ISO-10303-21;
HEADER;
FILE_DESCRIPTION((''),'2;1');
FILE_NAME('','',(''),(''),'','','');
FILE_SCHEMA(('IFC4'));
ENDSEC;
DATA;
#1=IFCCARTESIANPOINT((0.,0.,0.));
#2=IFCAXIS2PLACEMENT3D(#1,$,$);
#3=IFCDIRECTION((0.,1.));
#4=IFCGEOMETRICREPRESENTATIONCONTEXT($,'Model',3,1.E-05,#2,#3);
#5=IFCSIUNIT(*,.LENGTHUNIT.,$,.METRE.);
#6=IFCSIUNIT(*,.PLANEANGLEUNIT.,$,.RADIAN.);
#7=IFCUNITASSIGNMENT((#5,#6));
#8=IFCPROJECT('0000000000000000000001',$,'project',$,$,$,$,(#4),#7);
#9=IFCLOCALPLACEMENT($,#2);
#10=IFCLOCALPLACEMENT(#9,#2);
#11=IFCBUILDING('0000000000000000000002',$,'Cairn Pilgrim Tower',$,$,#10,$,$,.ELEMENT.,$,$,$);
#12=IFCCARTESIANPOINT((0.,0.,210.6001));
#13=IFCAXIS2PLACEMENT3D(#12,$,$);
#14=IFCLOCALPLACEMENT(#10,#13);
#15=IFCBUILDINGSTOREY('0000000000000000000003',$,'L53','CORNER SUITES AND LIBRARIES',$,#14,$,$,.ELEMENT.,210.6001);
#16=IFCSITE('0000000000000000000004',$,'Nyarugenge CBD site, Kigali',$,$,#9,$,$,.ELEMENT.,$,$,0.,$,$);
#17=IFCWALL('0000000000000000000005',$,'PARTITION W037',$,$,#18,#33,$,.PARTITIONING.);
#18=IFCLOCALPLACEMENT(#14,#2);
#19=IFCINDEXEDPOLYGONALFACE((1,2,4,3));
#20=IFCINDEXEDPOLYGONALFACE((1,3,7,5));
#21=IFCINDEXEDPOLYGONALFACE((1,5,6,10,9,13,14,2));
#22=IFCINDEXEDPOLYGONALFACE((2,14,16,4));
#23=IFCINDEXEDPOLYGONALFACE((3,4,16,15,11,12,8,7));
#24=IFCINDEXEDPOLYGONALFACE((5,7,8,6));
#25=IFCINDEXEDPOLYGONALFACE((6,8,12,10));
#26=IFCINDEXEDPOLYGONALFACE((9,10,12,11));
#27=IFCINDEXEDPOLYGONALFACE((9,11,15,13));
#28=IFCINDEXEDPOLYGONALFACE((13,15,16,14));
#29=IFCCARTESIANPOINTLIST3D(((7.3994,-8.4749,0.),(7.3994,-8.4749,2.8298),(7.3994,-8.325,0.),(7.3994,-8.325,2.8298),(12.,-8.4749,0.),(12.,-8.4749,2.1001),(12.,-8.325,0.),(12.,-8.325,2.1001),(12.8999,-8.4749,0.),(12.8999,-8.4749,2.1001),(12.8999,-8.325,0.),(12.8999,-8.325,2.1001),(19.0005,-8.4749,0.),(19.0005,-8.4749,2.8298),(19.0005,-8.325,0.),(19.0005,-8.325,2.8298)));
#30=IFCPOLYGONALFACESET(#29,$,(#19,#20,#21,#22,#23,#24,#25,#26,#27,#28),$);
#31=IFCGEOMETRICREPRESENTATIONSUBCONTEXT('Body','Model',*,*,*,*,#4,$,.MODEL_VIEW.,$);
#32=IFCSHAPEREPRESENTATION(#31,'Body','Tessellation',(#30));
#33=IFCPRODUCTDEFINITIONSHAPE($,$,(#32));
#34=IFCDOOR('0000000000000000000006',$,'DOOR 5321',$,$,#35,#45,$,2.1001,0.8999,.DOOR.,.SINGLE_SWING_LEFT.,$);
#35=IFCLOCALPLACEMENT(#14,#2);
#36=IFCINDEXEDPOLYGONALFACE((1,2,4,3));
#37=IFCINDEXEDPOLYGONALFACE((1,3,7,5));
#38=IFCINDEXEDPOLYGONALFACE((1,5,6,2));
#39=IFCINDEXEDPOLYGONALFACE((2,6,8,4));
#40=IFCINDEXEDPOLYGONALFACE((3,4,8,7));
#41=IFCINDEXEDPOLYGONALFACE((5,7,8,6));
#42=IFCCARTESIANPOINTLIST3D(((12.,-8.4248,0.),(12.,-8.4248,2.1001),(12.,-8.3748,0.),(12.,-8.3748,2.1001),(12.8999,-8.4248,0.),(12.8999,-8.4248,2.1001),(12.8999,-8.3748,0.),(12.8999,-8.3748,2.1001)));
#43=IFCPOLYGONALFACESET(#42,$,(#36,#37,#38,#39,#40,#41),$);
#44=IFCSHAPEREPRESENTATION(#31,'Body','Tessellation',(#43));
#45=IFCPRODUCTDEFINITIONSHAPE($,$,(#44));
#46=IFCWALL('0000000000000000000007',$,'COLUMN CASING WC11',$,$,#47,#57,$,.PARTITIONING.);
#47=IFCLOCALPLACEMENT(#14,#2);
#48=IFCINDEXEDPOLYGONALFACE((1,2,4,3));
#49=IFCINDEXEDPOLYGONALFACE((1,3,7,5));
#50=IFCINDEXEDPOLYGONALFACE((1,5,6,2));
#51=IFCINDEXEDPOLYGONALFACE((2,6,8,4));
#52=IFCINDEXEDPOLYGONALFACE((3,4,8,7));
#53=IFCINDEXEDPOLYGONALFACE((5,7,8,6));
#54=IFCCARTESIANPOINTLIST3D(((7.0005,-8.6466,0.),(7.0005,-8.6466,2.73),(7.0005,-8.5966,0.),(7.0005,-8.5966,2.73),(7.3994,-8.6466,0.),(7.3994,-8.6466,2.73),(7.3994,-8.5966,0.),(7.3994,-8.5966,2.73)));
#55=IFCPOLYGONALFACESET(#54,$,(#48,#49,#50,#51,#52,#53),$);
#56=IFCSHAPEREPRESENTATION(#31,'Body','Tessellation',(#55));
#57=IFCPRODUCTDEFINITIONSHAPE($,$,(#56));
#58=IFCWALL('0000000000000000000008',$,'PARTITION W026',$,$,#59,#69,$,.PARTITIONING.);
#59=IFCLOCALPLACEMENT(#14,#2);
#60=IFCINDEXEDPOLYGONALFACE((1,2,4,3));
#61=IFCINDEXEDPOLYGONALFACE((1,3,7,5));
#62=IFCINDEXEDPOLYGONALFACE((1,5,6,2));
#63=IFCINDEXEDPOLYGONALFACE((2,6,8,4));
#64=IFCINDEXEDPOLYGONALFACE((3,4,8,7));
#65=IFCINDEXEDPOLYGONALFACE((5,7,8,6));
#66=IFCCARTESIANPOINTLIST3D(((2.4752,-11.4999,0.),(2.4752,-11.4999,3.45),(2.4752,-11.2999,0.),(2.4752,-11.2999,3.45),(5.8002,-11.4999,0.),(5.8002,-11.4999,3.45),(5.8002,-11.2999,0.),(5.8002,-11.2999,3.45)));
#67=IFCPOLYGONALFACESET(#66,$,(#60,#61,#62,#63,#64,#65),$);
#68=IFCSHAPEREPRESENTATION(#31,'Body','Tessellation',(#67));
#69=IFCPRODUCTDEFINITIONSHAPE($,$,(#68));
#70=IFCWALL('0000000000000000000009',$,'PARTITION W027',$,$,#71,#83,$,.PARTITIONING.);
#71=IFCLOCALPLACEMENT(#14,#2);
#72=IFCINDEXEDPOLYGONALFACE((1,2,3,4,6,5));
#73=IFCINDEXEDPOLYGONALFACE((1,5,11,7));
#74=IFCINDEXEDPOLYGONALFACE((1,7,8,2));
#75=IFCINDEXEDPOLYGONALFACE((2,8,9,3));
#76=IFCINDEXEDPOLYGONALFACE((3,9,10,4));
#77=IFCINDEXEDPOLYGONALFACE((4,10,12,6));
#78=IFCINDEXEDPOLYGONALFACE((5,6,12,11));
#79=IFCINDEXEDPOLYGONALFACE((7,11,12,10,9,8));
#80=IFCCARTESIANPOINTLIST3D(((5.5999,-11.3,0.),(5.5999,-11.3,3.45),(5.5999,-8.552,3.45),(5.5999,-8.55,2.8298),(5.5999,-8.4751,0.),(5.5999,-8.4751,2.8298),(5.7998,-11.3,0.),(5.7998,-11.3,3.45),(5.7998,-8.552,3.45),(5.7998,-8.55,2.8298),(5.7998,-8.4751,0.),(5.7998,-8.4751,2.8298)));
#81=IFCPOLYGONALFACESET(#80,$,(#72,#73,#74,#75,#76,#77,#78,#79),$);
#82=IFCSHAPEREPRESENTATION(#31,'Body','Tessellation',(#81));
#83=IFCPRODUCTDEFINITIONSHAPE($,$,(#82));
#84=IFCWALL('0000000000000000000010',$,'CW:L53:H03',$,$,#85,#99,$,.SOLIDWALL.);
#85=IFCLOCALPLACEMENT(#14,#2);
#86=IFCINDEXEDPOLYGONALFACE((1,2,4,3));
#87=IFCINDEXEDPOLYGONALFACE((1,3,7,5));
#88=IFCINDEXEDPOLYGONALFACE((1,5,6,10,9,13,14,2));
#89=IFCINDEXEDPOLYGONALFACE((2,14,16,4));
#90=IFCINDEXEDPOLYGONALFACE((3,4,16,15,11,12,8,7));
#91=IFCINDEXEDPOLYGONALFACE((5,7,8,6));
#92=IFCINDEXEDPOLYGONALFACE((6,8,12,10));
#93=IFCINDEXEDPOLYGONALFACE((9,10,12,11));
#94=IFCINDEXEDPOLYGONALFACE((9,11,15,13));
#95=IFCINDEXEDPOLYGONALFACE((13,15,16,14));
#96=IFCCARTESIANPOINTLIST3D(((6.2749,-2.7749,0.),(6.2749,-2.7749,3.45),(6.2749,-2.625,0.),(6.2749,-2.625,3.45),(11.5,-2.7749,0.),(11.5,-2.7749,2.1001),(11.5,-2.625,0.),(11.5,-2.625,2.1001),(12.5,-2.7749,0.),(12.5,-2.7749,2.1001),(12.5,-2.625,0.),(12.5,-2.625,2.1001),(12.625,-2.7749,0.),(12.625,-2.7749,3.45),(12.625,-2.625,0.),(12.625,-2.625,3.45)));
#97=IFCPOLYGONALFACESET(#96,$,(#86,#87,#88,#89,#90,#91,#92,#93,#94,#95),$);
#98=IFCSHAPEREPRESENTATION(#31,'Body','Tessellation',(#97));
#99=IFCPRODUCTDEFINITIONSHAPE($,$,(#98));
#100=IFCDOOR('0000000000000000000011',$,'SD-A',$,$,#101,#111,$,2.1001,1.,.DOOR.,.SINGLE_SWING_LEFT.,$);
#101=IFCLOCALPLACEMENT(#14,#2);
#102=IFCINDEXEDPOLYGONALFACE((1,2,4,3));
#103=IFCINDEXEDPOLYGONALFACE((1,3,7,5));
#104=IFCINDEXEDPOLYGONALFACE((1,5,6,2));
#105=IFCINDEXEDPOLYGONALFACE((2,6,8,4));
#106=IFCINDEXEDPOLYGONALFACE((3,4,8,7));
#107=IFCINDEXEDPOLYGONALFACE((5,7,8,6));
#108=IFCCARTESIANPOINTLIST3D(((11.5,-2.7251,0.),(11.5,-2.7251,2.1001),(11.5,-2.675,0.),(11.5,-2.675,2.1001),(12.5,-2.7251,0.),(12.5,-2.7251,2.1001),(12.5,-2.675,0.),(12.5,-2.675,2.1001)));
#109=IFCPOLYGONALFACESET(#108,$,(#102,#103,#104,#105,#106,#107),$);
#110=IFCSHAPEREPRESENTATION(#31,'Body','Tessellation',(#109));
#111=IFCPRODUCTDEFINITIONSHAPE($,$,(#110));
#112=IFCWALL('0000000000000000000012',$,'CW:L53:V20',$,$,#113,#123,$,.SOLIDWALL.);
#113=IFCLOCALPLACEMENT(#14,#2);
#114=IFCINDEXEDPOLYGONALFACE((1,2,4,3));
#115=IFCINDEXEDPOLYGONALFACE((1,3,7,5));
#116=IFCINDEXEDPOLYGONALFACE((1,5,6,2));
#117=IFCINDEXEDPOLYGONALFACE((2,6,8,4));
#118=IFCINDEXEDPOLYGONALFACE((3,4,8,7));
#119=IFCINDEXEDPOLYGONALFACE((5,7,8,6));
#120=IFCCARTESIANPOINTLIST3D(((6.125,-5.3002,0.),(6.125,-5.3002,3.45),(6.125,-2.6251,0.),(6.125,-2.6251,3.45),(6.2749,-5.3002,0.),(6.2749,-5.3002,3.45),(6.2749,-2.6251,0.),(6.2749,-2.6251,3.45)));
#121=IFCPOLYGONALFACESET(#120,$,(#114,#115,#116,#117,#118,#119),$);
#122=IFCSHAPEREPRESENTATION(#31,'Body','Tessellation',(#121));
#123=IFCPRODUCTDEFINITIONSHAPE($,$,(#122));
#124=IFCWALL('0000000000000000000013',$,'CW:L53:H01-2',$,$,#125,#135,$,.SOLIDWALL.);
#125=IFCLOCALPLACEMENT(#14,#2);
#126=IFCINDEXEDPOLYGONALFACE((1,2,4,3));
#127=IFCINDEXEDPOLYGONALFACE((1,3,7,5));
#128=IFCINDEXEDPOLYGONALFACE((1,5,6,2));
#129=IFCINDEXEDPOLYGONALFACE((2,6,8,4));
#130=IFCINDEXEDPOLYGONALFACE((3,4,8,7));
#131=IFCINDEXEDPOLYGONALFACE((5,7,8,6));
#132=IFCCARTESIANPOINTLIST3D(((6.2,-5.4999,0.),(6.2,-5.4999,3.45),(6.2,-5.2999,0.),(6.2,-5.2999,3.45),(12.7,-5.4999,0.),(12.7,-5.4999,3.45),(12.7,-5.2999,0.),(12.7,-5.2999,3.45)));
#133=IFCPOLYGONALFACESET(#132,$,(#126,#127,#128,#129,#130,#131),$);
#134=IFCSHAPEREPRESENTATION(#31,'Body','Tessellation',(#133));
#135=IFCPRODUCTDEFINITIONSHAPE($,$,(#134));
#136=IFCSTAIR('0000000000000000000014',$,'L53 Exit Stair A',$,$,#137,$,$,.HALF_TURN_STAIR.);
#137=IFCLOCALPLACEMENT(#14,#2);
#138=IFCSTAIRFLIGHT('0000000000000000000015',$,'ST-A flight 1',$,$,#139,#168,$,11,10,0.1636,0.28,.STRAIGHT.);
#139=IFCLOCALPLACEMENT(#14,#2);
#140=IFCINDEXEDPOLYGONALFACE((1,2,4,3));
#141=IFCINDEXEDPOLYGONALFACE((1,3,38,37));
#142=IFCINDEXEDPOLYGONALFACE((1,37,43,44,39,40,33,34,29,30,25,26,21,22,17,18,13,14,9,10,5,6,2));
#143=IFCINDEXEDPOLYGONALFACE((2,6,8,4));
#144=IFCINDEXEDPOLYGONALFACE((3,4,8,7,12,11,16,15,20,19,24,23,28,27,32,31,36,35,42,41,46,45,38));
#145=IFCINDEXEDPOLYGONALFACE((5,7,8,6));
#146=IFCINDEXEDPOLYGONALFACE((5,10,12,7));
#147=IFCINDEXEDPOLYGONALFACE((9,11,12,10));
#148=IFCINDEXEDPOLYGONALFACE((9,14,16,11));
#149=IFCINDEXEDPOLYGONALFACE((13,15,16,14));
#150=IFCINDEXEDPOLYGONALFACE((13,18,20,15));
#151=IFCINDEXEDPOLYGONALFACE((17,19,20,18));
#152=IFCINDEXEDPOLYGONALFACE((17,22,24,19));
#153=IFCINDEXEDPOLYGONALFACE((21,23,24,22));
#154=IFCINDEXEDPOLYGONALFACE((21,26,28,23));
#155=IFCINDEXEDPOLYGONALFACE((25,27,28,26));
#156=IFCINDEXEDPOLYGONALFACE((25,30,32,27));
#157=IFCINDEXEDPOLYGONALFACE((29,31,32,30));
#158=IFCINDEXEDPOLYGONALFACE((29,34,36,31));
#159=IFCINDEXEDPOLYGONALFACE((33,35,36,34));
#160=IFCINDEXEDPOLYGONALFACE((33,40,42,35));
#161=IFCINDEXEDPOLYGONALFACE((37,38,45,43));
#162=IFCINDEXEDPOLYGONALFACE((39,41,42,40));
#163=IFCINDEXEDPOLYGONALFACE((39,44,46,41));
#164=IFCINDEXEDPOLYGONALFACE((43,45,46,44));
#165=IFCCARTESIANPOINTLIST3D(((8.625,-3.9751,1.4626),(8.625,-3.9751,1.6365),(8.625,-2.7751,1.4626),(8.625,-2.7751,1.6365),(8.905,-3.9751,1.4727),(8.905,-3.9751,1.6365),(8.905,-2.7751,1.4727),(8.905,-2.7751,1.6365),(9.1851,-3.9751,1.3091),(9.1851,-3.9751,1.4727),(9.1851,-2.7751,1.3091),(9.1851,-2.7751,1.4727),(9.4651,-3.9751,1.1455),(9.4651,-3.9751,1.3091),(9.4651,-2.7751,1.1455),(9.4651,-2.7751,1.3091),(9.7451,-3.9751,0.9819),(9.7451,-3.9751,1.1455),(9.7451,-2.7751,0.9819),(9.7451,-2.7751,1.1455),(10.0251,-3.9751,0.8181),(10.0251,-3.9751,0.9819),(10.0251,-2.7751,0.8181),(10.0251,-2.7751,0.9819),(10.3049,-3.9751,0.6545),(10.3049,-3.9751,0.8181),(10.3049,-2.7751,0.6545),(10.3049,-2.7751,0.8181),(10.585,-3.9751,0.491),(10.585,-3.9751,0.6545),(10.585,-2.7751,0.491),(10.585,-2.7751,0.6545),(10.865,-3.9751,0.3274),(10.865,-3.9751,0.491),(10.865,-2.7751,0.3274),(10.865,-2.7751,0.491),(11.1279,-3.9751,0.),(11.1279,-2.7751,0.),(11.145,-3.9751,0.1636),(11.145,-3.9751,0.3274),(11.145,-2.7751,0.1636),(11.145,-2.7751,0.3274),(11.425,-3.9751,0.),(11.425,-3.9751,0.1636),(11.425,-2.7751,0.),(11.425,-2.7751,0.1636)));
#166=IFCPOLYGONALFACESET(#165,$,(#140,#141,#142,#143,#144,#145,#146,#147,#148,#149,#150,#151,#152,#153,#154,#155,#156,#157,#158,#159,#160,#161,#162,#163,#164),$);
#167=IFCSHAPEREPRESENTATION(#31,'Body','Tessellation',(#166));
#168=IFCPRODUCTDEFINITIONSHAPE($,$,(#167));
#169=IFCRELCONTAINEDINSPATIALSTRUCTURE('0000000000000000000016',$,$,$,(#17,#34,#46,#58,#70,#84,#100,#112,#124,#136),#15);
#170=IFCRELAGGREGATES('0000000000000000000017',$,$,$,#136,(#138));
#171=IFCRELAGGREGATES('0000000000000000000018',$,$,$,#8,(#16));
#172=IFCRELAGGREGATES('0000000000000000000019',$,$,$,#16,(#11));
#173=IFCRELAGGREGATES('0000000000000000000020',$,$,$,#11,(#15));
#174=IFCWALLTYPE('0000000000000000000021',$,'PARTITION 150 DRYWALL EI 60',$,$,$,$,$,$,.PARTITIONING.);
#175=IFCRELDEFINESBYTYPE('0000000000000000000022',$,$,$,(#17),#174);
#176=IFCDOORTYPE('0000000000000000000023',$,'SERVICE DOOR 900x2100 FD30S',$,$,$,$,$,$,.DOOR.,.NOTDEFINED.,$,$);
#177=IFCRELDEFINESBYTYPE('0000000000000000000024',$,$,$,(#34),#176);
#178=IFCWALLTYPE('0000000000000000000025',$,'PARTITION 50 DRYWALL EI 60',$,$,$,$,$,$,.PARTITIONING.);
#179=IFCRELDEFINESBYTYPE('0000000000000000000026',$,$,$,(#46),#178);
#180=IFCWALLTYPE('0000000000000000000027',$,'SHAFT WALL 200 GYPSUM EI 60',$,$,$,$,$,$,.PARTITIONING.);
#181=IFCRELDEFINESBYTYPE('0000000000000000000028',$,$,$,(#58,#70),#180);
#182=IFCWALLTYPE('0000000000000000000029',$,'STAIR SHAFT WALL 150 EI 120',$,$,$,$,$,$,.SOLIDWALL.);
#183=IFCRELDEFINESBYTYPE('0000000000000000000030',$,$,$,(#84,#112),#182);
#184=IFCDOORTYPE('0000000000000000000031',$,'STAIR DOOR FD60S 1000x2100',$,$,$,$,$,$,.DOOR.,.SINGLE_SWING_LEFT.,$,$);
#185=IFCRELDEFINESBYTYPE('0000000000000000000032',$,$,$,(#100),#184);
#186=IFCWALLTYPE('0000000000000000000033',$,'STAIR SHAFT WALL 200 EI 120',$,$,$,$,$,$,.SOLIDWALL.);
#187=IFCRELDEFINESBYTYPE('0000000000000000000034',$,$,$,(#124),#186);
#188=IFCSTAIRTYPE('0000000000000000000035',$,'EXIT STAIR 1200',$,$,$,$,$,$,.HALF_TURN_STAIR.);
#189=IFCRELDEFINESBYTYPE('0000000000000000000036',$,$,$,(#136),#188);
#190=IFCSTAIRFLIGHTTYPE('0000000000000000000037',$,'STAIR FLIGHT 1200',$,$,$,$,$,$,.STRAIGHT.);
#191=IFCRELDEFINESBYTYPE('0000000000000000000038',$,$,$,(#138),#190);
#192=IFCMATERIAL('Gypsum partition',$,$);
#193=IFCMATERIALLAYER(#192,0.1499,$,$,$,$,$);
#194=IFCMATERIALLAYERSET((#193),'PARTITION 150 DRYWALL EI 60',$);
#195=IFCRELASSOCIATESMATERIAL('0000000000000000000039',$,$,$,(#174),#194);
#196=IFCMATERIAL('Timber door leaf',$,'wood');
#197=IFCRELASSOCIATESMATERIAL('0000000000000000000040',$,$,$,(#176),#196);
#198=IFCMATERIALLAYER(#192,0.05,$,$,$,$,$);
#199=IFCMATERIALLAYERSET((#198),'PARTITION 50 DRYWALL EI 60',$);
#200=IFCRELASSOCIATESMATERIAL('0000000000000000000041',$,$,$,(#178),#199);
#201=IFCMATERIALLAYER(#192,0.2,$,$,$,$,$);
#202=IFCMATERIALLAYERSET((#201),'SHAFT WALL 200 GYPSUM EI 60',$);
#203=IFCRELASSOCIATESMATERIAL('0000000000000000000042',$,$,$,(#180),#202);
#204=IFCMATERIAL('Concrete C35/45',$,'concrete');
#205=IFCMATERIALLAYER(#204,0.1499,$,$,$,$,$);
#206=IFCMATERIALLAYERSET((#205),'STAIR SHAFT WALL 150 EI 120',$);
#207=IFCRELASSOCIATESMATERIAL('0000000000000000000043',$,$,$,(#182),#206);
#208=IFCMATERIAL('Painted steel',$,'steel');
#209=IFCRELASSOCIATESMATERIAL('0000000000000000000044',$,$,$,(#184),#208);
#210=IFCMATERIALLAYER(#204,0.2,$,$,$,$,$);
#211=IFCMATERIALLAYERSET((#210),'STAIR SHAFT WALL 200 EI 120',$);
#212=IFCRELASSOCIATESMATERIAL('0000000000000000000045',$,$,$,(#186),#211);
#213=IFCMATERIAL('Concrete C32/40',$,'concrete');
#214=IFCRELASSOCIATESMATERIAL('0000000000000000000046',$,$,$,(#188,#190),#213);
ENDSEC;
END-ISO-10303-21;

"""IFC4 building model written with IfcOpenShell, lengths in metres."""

from ifc_helpers import new_model, si_unit, direction, frame, frame_2d, origin, place, context, subcontext, project, spatial, polyline, rectangle, outline, extrude, material, layer, layer_set, type_object, element, fill, aggregate, save


model = new_model("IFC4")

# Units and contexts
model_context = context("Model", 3, precision=1e-05, world=origin(), true_north=direction((0.0, 1.0)))
body_context = subcontext(model_context, "Body", "Model", "MODEL_VIEW")
ifc_project = project(units=[si_unit("LENGTHUNIT", "METRE"), si_unit("PLANEANGLEUNIT", "RADIAN")], contexts=[model_context])

# Site, building, storey
site_placement = place(None, origin())
site = spatial("IfcSite", under=ifc_project, at=site_placement, Name="Nyarugenge CBD site, Kigali", CompositionType="ELEMENT", RefElevation=0.0)
building_placement = place(site_placement, origin())
building = spatial("IfcBuilding", under=site, at=building_placement, Name="Cairn Pilgrim Tower", CompositionType="ELEMENT")
storey_placement = place(building_placement, frame((0.0, 0.0, 210.6001)))
storey = spatial("IfcBuildingStorey", under=building, at=storey_placement, Name="L53", Description="CORNER SUITES AND LIBRARIES", CompositionType="ELEMENT", Elevation=210.6001)

# Shared definitions
ifc_material_1 = material(Name="Concrete C32/40", Category="concrete")

# Wall, opening, door
ifc_material_2 = material(Name="Gypsum partition")
ifc_layer_1 = layer(ifc_material_2, 0.1499)
ifc_layer_set_1 = layer_set([ifc_layer_1], Name="PARTITION 150 DRYWALL EI 60")
wall_type_1 = type_object("IfcWallType", Name="PARTITION 150 DRYWALL EI 60", PredefinedType="PARTITIONING", material=ifc_layer_set_1)
ifc_material_3 = material(Name="Timber door leaf", Category="wood")
wall_1_placement = place(storey_placement, frame((7.3994, -8.3999, 0.0), z_axis=(0.0, 0.0, 1.0), x_axis=(1.0, 0.0, 0.0)))
wall_1 = element("IfcWall", 1, at=wall_1_placement, inside=storey, type_object=wall_type_1, Name="PARTITION W037", PredefinedType="PARTITIONING", context=body_context, shape_type="SweptSolid", body=[
    extrude(rectangle(XDim=11.6011, YDim=0.1499, at=frame_2d((5.8005, 0.0))), origin(), (0.0, 0.0, 1.0), 2.8298),
])
opening_1_placement = place(wall_1_placement, frame((4.6006, 0.0, 0.0)))
opening_1 = element("IfcOpeningElement", 2, at=opening_1_placement, cuts=wall_1, PredefinedType="OPENING", context=body_context, shape_type="SweptSolid", body=[
    extrude(rectangle(XDim=0.8999, YDim=2.1001, at=frame_2d((0.45, 1.05))), frame((0.0, 0.085, 0.0), z_axis=(0.0, -1.0, 0.0), x_axis=(1.0, 0.0, 0.0)), (0.0, 0.0, 1.0), 0.1699),
])
door_type_1 = type_object("IfcDoorType", Name="SERVICE DOOR 900x2100 FD30S", OperationType="NOTDEFINED", PredefinedType="DOOR", material=ifc_material_3)
door_1_placement = place(opening_1_placement, frame((0.8999, 0.0, 0.0), z_axis=(0.0, 0.0, 1.0), x_axis=(-1.0, 0.0, 0.0)))
door_1 = element("IfcDoor", 3, at=door_1_placement, inside=storey, type_object=door_type_1, Name="DOOR 5321", OperationType="SINGLE_SWING_LEFT", OverallHeight=2.1001, OverallWidth=0.8999, PredefinedType="DOOR", context=body_context, shape_type="SweptSolid", body=[
    extrude(rectangle(XDim=0.8999, YDim=2.1001, at=frame_2d((0.45, 1.05))), frame((0.0, 0.0249, 0.0), z_axis=(0.0, -1.0, 0.0), x_axis=(1.0, 0.0, 0.0)), (0.0, 0.0, 1.0), 0.05),
])
fill(opening_1, door_1)

# Walls
ifc_layer_2 = layer(ifc_material_2, 0.05)
ifc_layer_set_2 = layer_set([ifc_layer_2], Name="PARTITION 50 DRYWALL EI 60")
wall_type_2 = type_object("IfcWallType", Name="PARTITION 50 DRYWALL EI 60", PredefinedType="PARTITIONING", material=ifc_layer_set_2)
wall_2_placement = place(storey_placement, frame((7.0005, -8.6216, 0.0), z_axis=(0.0, 0.0, 1.0), x_axis=(1.0, 0.0, 0.0)))
element("IfcWall", 4, at=wall_2_placement, inside=storey, type_object=wall_type_2, Name="COLUMN CASING WC11", PredefinedType="PARTITIONING", context=body_context, shape_type="SweptSolid", body=[
    extrude(rectangle(XDim=0.3989, YDim=0.05, at=frame_2d((0.1995, 0.0))), origin(), (0.0, 0.0, 1.0), 2.73),
])
ifc_layer_3 = layer(ifc_material_2, 0.2)
ifc_layer_set_3 = layer_set([ifc_layer_3], Name="SHAFT WALL 200 GYPSUM EI 60")
wall_type_3 = type_object("IfcWallType", Name="SHAFT WALL 200 GYPSUM EI 60", PredefinedType="PARTITIONING", material=ifc_layer_set_3)
wall_3_placement = place(storey_placement, frame((2.4751, -11.3999, 0.0), z_axis=(0.0, 0.0, 1.0), x_axis=(1.0, 0.0, 0.0)))
element("IfcWall", 5, at=wall_3_placement, inside=storey, type_object=wall_type_3, Name="PARTITION W026", PredefinedType="PARTITIONING", context=body_context, shape_type="SweptSolid", body=[
    extrude(rectangle(XDim=3.325, YDim=0.2, at=frame_2d((1.6626, 0.0))), origin(), (0.0, 0.0, 1.0), 3.45),
])
wall_4_placement = place(storey_placement, frame((5.7, -11.3, 0.0), z_axis=(0.0, 0.0, 1.0), x_axis=(0.0, 1.0, 0.0)))
element("IfcWall", 6, at=wall_4_placement, inside=storey, type_object=wall_type_3, Name="PARTITION W027", PredefinedType="PARTITIONING", context=body_context, shape_type="SweptSolid", body=[
    extrude(outline(polyline([(0.0, 0.0), (2.825, 0.0), (2.825, 2.8298), (2.75, 2.8298), (2.748, 3.45), (0.0, 3.45), (0.0, 0.0)])), frame((0.0, 0.1001, 0.0), z_axis=(0.0, -1.0, 0.0), x_axis=(1.0, 0.0, 0.0)), (0.0, 0.0, 1.0), 0.2),
])

# Wall, opening, door
ifc_material_4 = material(Name="Concrete C35/45", Category="concrete")
ifc_layer_4 = layer(ifc_material_4, 0.1499)
ifc_layer_set_4 = layer_set([ifc_layer_4], Name="STAIR SHAFT WALL 150 EI 120")
wall_type_4 = type_object("IfcWallType", Name="STAIR SHAFT WALL 150 EI 120", PredefinedType="SOLIDWALL", material=ifc_layer_set_4)
wall_5_placement = place(storey_placement, frame((6.2749, -2.7, 0.0), z_axis=(0.0, 0.0, 1.0), x_axis=(1.0, 0.0, 0.0)))
wall_5 = element("IfcWall", 7, at=wall_5_placement, inside=storey, type_object=wall_type_4, Name="CW:L53:H03", PredefinedType="SOLIDWALL", context=body_context, shape_type="SweptSolid", body=[
    extrude(rectangle(XDim=6.3501, YDim=0.1499, at=frame_2d((3.175, 0.0))), origin(), (0.0, 0.0, 1.0), 3.45),
])
opening_2_placement = place(wall_5_placement, frame((5.2251, 0.0, 0.0)))
opening_2 = element("IfcOpeningElement", 8, at=opening_2_placement, cuts=wall_5, PredefinedType="OPENING", context=body_context, shape_type="SweptSolid", body=[
    extrude(rectangle(XDim=1.0, YDim=2.1001, at=frame_2d((0.5, 1.05))), frame((0.0, 0.085, 0.0), z_axis=(0.0, -1.0, 0.0), x_axis=(1.0, 0.0, 0.0)), (0.0, 0.0, 1.0), 0.1699),
])
ifc_material_5 = material(Name="Painted steel", Category="steel")
door_type_2 = type_object("IfcDoorType", Name="STAIR DOOR FD60S 1000x2100", OperationType="SINGLE_SWING_LEFT", PredefinedType="DOOR", material=ifc_material_5)
door_2_placement = place(opening_2_placement, origin())
door_2 = element("IfcDoor", 9, at=door_2_placement, inside=storey, type_object=door_type_2, Name="SD-A", OperationType="SINGLE_SWING_LEFT", OverallHeight=2.1001, OverallWidth=1.0, PredefinedType="DOOR", context=body_context, shape_type="SweptSolid", body=[
    extrude(rectangle(XDim=1.0, YDim=2.1001, at=frame_2d((0.5, 1.05))), frame((0.0, 0.0249, 0.0), z_axis=(0.0, -1.0, 0.0), x_axis=(1.0, 0.0, 0.0)), (0.0, 0.0, 1.0), 0.05),
])
fill(opening_2, door_2)

# Walls
wall_6_placement = place(storey_placement, frame((6.2, -5.3, 0.0), z_axis=(0.0, 0.0, 1.0), x_axis=(0.0, 1.0, 0.0)))
element("IfcWall", 10, at=wall_6_placement, inside=storey, type_object=wall_type_4, Name="CW:L53:V20", PredefinedType="SOLIDWALL", context=body_context, shape_type="SweptSolid", body=[
    extrude(rectangle(XDim=2.675, YDim=0.1499, at=frame_2d((1.3374, 0.0))), origin(), (0.0, 0.0, 1.0), 3.45),
])
ifc_layer_5 = layer(ifc_material_4, 0.2)
ifc_layer_set_5 = layer_set([ifc_layer_5], Name="STAIR SHAFT WALL 200 EI 120")
wall_type_5 = type_object("IfcWallType", Name="STAIR SHAFT WALL 200 EI 120", PredefinedType="SOLIDWALL", material=ifc_layer_set_5)
wall_7_placement = place(storey_placement, frame((6.2, -5.3999, 0.0), z_axis=(0.0, 0.0, 1.0), x_axis=(1.0, 0.0, 0.0)))
element("IfcWall", 11, at=wall_7_placement, inside=storey, type_object=wall_type_5, Name="CW:L53:H01-2", PredefinedType="SOLIDWALL", context=body_context, shape_type="SweptSolid", body=[
    extrude(rectangle(XDim=6.5, YDim=0.2, at=frame_2d((3.25, 0.0))), origin(), (0.0, 0.0, 1.0), 3.45),
])

# Stair, stair flight
stair_type = type_object("IfcStairType", Name="EXIT STAIR 1200", PredefinedType="HALF_TURN_STAIR", material=ifc_material_1)
stair_placement = place(storey_placement, origin())
stair = element("IfcStair", 12, at=stair_placement, inside=storey, type_object=stair_type, Name="L53 Exit Stair A", PredefinedType="HALF_TURN_STAIR")
stair_flight_type = type_object("IfcStairFlightType", Name="STAIR FLIGHT 1200", PredefinedType="STRAIGHT", material=ifc_material_1)
stair_flight_1_placement = place(storey_placement, frame((11.425, -3.375, 0.0), z_axis=(0.0, 0.0, 1.0), x_axis=(-1.0, 0.0, 0.0)))
stair_flight_1 = element("IfcStairFlight", 13, at=stair_flight_1_placement, type_object=stair_flight_type, Name="ST-A flight 1", NumberOfRisers=11, NumberOfTreads=10, PredefinedType="STRAIGHT", RiserHeight=0.1636, TreadLength=0.28, context=body_context, shape_type="SweptSolid", body=[
    extrude(outline(polyline([(0.0, 0.0), (0.0, 0.1636), (0.28, 0.1636), (0.28, 0.3274), (0.5601, 0.3274), (0.5601, 0.491), (0.8401, 0.491), (0.8401, 0.6545), (1.1201, 0.6545), (1.1201, 0.8181), (1.3999, 0.8181), (1.3999, 0.9819), (1.6799, 0.9819), (1.6799, 1.1455), (1.96, 1.1455), (1.96, 1.3091), (2.24, 1.3091), (2.24, 1.4727), (2.52, 1.4727), (2.52, 1.6365), (2.8, 1.6365), (2.8, 1.8), (2.8, 1.4626), (0.2971, 0.0), (0.0, 0.0)])), frame((0.0, 0.6001, 0.0), z_axis=(0.0, -1.0, 0.0), x_axis=(1.0, 0.0, 0.0)), (0.0, 0.0, 1.0), 1.2),
])
aggregate(stair, [stair_flight_1])

save(model, "model.ifc")
